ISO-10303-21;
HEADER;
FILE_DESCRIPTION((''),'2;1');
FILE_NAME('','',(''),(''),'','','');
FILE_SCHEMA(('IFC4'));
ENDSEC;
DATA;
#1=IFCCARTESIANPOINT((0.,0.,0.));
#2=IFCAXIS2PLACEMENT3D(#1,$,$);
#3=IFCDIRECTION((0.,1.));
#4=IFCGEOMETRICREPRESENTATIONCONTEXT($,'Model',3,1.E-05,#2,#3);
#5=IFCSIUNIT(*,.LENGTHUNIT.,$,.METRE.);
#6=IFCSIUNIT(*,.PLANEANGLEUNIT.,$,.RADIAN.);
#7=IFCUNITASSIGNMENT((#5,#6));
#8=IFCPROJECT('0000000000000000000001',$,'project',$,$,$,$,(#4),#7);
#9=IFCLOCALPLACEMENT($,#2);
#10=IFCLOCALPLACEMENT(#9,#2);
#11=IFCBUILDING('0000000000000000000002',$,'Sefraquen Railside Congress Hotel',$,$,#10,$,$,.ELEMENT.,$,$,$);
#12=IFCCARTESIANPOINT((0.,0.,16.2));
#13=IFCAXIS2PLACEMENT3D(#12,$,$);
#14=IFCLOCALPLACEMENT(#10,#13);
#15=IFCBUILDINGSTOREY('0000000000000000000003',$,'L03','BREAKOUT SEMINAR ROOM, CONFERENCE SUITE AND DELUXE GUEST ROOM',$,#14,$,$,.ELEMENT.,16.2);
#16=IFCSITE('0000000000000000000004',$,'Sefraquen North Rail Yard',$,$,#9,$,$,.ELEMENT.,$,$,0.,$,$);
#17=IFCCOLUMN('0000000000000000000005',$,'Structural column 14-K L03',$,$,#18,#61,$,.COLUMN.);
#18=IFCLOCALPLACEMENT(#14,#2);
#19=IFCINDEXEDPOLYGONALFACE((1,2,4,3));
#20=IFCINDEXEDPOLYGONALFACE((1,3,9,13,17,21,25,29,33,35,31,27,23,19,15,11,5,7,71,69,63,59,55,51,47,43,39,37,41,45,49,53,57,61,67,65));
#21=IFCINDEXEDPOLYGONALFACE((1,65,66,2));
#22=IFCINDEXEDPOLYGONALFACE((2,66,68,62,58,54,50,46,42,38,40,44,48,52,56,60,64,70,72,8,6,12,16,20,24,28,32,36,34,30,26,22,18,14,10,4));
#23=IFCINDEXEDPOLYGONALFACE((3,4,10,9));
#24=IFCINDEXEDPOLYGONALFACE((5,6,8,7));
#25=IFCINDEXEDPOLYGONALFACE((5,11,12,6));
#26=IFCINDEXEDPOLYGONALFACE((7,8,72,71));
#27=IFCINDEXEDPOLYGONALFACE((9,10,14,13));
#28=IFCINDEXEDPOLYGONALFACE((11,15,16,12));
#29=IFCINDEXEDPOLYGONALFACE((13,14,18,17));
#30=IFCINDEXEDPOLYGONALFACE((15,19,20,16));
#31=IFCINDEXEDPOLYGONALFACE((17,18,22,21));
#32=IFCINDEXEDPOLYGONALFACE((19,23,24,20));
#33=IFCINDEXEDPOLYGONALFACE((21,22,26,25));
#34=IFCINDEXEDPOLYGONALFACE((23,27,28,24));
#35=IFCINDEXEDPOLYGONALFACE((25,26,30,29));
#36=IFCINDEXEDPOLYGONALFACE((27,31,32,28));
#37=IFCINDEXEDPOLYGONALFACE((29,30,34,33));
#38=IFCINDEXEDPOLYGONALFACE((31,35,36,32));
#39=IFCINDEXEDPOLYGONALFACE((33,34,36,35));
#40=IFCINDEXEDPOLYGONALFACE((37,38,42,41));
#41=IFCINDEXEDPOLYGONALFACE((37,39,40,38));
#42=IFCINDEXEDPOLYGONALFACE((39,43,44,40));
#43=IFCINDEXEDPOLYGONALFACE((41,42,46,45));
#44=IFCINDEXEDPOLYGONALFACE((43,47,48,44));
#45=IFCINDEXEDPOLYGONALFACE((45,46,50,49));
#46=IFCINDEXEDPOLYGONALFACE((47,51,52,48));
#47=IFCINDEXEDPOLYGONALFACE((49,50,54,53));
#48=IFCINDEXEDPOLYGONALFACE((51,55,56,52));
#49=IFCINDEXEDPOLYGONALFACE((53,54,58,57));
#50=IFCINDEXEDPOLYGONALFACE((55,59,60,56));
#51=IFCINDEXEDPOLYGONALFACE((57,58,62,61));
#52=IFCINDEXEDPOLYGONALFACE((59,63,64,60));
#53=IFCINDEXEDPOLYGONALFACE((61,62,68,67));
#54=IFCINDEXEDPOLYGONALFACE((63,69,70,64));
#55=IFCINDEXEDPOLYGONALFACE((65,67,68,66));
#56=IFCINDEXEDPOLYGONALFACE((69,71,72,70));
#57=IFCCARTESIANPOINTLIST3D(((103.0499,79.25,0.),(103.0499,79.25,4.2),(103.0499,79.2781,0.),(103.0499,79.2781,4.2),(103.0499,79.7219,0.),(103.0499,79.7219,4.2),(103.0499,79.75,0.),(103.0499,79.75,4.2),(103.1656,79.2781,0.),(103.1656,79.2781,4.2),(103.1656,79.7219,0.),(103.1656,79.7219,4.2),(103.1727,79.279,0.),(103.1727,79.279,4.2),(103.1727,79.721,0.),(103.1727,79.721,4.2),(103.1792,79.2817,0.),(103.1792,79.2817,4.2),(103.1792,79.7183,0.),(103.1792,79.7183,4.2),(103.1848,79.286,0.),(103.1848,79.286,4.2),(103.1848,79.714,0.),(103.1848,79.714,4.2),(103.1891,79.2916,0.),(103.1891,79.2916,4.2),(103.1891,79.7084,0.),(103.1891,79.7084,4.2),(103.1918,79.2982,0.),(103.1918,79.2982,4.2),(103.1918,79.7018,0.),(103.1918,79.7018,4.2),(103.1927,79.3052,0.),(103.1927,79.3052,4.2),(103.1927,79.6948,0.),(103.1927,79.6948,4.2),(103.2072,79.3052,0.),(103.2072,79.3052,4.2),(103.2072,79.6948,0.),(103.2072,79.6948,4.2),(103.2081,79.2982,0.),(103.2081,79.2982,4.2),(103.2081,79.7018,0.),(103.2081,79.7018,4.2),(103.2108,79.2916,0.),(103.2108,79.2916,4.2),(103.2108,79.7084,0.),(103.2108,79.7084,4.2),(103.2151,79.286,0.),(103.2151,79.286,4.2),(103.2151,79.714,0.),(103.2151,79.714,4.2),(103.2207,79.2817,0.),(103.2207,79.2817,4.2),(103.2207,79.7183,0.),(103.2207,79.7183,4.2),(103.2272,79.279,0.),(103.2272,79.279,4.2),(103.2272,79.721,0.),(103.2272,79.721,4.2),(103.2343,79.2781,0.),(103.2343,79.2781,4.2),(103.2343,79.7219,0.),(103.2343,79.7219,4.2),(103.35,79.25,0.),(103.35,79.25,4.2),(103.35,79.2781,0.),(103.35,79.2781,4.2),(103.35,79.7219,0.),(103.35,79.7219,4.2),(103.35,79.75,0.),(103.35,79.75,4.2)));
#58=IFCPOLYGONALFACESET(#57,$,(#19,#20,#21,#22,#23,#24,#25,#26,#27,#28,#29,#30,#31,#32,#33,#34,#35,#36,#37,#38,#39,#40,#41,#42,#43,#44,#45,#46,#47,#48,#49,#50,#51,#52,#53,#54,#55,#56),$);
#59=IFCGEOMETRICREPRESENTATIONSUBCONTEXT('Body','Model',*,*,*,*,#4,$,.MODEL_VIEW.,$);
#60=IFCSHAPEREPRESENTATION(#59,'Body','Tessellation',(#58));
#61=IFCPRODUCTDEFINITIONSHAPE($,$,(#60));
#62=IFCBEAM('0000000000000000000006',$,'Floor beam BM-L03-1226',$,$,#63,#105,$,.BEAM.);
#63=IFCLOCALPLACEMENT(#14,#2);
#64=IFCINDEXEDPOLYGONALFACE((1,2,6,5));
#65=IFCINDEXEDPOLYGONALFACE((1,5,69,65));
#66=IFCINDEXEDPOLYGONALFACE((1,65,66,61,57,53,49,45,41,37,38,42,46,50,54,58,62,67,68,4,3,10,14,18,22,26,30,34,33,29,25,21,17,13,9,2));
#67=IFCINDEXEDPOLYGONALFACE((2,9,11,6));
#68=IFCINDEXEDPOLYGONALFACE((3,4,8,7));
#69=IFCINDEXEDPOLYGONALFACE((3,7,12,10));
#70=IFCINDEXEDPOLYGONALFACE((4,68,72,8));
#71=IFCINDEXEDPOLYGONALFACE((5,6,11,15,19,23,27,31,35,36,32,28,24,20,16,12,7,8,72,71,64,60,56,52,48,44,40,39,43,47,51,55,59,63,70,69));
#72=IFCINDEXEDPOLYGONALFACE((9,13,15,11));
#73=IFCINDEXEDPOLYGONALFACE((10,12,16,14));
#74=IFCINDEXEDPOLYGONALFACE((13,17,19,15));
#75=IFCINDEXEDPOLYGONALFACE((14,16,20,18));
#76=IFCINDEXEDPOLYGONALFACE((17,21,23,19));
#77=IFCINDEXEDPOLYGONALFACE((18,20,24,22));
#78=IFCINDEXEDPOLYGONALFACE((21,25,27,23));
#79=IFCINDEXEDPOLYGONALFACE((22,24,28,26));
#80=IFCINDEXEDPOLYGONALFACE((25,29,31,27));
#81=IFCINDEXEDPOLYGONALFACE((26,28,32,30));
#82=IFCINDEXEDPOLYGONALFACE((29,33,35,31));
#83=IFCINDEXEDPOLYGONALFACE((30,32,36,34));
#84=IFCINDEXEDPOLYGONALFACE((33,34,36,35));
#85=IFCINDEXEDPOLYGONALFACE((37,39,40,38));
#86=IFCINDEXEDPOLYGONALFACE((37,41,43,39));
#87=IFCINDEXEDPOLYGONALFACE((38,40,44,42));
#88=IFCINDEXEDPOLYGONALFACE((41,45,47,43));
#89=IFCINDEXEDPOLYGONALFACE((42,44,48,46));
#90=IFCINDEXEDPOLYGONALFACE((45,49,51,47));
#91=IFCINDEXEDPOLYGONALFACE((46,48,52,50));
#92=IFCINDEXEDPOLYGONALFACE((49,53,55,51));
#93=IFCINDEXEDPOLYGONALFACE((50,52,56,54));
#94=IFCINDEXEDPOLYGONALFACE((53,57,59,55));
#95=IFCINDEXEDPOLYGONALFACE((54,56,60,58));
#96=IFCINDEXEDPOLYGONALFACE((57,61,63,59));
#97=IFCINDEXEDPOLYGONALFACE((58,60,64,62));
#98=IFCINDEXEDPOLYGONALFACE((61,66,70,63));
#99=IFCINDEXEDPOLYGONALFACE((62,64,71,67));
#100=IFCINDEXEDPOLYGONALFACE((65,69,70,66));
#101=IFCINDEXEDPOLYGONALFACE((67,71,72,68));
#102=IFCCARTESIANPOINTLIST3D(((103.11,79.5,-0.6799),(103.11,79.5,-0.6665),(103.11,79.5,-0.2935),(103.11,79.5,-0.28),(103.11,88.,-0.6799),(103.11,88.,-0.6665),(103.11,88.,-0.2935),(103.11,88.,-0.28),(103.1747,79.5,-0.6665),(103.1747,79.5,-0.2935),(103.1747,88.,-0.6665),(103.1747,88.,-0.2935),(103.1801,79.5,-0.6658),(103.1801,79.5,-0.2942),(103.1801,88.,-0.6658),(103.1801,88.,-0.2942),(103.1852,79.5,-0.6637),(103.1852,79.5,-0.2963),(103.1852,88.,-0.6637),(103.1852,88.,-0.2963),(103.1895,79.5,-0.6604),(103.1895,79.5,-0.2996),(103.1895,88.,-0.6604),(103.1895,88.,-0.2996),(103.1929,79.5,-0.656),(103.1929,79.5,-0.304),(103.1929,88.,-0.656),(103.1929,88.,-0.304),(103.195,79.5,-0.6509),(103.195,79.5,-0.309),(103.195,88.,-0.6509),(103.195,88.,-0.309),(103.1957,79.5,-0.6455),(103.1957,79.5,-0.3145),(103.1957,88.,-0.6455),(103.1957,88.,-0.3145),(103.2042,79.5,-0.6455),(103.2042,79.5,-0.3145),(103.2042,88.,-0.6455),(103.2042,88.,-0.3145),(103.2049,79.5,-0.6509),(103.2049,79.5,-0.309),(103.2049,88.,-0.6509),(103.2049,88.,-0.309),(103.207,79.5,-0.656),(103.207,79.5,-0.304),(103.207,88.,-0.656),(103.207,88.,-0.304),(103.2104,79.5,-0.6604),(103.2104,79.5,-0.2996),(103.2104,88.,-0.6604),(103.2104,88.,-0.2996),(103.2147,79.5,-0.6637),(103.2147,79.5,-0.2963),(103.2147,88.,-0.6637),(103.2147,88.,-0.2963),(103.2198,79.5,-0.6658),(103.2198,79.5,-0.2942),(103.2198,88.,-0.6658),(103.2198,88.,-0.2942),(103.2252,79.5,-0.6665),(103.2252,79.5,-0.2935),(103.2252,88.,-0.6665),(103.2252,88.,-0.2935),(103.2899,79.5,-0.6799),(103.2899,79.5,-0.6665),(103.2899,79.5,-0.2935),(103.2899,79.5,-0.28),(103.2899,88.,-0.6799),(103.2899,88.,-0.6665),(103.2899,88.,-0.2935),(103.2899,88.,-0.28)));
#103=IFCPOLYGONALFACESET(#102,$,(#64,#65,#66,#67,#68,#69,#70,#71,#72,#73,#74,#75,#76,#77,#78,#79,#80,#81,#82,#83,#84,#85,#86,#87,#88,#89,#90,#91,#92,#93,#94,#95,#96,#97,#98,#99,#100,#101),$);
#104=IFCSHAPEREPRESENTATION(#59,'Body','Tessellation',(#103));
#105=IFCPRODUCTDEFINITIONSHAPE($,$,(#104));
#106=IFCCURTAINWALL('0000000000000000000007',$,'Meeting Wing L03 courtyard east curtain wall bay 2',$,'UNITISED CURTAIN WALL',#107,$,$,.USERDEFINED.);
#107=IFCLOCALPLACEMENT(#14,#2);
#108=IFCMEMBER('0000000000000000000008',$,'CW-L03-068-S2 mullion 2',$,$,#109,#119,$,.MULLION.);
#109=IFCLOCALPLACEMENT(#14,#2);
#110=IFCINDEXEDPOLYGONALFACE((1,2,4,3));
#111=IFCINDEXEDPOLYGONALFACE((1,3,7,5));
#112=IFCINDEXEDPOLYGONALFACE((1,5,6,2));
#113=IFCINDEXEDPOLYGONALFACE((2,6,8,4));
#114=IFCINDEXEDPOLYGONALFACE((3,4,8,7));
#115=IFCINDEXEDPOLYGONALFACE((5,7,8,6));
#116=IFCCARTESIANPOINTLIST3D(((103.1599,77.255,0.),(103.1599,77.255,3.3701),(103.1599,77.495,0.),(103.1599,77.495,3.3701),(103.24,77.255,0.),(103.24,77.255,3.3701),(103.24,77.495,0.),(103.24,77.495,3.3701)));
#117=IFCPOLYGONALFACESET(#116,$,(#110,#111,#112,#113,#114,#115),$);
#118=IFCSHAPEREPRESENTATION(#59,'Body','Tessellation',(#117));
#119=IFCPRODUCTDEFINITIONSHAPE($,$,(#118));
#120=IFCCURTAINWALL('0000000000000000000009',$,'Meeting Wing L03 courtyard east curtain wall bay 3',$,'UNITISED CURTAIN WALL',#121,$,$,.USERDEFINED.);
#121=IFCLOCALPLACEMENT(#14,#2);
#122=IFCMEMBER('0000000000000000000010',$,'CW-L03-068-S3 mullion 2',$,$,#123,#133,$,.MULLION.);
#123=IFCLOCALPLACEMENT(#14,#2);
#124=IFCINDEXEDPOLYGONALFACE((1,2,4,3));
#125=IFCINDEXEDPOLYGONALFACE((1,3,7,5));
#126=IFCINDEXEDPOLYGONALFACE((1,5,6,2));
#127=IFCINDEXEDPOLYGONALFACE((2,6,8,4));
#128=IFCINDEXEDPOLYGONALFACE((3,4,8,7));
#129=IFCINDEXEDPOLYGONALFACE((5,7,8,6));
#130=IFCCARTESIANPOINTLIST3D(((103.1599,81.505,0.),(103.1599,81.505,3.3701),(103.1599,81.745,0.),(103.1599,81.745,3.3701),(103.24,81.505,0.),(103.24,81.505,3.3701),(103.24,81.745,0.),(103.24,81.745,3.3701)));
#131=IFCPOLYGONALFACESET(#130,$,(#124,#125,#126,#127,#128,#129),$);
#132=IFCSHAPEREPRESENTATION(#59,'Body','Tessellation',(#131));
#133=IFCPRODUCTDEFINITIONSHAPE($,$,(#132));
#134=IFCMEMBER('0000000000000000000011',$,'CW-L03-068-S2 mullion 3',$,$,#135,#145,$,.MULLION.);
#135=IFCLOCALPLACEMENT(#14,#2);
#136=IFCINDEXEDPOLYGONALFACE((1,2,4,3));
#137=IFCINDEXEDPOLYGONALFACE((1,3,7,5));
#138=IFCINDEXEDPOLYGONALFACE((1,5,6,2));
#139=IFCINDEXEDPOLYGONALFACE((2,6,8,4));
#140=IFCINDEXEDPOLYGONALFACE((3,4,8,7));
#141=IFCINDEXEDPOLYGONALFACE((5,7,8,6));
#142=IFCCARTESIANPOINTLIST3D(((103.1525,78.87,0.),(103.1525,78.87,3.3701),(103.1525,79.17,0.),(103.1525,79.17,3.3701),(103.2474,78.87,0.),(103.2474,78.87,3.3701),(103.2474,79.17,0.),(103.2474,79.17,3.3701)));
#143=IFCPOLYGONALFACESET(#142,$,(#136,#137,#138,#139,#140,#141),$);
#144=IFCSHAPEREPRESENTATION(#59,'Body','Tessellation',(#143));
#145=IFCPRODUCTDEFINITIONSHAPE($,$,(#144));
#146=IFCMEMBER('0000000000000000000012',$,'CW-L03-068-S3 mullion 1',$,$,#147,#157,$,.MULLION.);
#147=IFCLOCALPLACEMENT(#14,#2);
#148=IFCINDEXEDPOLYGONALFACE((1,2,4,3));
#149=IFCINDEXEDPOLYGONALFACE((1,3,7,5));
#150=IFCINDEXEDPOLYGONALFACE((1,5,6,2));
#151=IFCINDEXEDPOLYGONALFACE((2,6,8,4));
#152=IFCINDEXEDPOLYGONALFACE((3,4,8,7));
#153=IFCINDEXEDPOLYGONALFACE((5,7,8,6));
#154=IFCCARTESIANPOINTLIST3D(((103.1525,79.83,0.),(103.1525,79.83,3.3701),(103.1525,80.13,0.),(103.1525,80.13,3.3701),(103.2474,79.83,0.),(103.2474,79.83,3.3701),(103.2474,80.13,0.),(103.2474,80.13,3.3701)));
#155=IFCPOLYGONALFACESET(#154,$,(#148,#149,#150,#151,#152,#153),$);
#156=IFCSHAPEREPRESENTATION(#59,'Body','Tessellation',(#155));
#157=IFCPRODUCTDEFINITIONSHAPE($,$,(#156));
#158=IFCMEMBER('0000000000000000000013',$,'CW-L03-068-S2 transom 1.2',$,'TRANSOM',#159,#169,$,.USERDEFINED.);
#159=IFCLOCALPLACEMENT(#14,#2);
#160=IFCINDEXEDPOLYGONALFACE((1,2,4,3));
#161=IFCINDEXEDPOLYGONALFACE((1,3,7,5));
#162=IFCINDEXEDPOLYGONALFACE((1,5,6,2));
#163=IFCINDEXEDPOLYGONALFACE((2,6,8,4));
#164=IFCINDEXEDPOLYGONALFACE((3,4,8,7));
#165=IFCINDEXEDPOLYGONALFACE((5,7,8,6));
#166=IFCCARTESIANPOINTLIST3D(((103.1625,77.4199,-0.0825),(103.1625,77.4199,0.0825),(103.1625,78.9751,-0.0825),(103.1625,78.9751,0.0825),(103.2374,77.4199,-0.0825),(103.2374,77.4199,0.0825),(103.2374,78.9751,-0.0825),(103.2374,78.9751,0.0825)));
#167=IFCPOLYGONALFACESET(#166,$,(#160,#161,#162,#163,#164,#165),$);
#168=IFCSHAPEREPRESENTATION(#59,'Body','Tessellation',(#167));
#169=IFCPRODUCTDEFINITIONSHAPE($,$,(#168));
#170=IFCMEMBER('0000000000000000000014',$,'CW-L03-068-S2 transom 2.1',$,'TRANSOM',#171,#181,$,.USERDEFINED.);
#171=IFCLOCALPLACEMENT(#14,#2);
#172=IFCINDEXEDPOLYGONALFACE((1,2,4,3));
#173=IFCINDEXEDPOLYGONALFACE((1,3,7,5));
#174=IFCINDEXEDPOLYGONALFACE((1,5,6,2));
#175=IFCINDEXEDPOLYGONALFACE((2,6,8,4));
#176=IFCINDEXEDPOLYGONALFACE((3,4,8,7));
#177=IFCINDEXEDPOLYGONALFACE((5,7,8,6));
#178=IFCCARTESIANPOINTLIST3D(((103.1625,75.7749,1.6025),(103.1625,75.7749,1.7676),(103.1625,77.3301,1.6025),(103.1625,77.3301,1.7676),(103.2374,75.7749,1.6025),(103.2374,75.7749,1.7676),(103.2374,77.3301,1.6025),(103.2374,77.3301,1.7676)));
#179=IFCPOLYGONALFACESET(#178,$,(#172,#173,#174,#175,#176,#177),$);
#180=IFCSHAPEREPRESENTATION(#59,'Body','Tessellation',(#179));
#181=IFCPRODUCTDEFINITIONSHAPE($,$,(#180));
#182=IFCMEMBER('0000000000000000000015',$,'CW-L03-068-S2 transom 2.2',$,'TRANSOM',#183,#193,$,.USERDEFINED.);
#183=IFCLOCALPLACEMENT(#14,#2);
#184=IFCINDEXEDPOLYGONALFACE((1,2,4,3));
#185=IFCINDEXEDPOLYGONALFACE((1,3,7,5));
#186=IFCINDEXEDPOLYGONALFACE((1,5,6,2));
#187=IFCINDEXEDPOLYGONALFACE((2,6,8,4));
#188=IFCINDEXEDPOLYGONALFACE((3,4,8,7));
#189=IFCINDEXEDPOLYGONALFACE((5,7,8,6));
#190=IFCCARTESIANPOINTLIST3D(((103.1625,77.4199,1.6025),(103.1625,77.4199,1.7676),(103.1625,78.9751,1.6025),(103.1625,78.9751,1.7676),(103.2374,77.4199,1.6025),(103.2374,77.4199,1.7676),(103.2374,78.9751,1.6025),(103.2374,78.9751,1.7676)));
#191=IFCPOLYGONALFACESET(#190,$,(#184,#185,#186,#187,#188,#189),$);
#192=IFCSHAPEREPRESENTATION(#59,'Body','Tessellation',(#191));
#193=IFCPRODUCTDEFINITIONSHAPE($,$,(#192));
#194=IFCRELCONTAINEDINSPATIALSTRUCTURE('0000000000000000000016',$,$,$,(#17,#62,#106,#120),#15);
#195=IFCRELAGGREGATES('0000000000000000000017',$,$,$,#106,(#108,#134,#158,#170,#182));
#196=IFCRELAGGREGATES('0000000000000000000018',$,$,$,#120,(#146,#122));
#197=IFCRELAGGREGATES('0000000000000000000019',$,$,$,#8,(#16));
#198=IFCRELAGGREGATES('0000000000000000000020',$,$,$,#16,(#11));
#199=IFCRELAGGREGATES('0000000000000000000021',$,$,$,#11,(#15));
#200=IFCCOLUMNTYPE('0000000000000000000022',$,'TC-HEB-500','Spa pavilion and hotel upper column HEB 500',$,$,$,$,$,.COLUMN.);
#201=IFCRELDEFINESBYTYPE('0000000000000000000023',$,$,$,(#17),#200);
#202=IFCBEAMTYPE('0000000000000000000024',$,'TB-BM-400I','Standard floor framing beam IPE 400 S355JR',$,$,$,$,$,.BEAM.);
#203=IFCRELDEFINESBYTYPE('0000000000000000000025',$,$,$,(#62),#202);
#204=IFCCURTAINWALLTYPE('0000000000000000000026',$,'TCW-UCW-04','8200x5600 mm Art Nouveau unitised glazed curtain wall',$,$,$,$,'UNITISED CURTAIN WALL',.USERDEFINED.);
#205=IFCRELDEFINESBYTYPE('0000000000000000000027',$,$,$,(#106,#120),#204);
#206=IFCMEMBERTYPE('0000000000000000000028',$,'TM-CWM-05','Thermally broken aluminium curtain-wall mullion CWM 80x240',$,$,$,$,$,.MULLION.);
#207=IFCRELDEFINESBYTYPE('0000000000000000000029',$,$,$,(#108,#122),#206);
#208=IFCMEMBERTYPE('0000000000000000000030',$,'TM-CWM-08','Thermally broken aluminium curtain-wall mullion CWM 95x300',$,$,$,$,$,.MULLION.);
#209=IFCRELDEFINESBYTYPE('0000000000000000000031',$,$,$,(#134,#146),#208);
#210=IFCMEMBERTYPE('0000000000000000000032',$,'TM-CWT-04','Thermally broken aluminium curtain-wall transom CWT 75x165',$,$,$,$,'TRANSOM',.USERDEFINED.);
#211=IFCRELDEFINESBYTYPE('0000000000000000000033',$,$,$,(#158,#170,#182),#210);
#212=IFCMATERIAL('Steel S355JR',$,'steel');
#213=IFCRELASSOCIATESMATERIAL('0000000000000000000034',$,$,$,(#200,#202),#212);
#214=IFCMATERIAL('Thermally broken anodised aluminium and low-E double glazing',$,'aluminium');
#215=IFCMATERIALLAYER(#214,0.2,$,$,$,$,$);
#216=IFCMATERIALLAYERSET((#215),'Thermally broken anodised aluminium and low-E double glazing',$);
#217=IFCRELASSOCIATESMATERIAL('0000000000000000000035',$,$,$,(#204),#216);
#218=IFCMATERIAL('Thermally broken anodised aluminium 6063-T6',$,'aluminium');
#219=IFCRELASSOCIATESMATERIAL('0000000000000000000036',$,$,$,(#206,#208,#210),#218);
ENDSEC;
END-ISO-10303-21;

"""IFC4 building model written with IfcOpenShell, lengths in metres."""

from ifc_helpers import new_model, si_unit, direction, frame, origin, origin_2d, place, context, subcontext, project, spatial, rectangle, i_section, extrude, material, layer, layer_set, material_profile, profile_set, type_object, element, aggregate, save


model = new_model("IFC4")

# Units and contexts
model_context = context("Model", 3, precision=1e-05, world=origin(), true_north=direction((0.0, 1.0)))
body_context = subcontext(model_context, "Body", "Model", "MODEL_VIEW")
ifc_project = project(units=[si_unit("LENGTHUNIT", "METRE"), si_unit("PLANEANGLEUNIT", "RADIAN")], contexts=[model_context])

# Site, building, storey
site_placement = place(None, origin())
site = spatial("IfcSite", under=ifc_project, at=site_placement, Name="Sefraquen North Rail Yard", CompositionType="ELEMENT", RefElevation=0.0)
building_placement = place(site_placement, origin())
building = spatial("IfcBuilding", under=site, at=building_placement, Name="Sefraquen Railside Congress Hotel", CompositionType="ELEMENT")
storey_placement = place(building_placement, frame((0.0, 0.0, 16.2)))
storey = spatial("IfcBuildingStorey", under=building, at=storey_placement, Name="L03", Description="BREAKOUT SEMINAR ROOM, CONFERENCE SUITE AND DELUXE GUEST ROOM", CompositionType="ELEMENT", Elevation=16.2)

# Column
ifc_material_1 = material(Name="Steel S355JR", Category="steel")
ifc_material_profile_1 = material_profile(ifc_material_1, i_section(OverallWidth=0.3, OverallDepth=0.5, WebThickness=0.0144, FlangeThickness=0.0281, FilletRadius=0.0271, at=origin_2d()), Name="HEB 500")
ifc_profile_set_1 = profile_set([ifc_material_profile_1], Name="Steel S355JR")
column_type = type_object("IfcColumnType", Name="TC-HEB-500", Description="Spa pavilion and hotel upper column HEB 500", PredefinedType="COLUMN", material=ifc_profile_set_1)
column_placement = place(storey_placement, frame((103.2, 79.5, 0.0), z_axis=(0.0, 0.0, 1.0), x_axis=(1.0, 0.0, 0.0)))
element("IfcColumn", 1, at=column_placement, inside=storey, type_object=column_type, Name="Structural column 14-K L03", PredefinedType="COLUMN", context=body_context, shape_type="SweptSolid", body=[
    extrude(i_section(OverallWidth=0.3, OverallDepth=0.5, WebThickness=0.0144, FlangeThickness=0.0281, FilletRadius=0.0271, at=origin_2d()), origin(), (0.0, 0.0, 1.0), 4.2),
])

# Beam
ifc_material_profile_2 = material_profile(ifc_material_1, i_section(OverallWidth=0.1799, OverallDepth=0.3999, WebThickness=0.0085, FlangeThickness=0.0134, FilletRadius=0.021, at=origin_2d()), Name="IPE 400")
ifc_profile_set_2 = profile_set([ifc_material_profile_2], Name="Steel S355JR")
beam_type = type_object("IfcBeamType", Name="TB-BM-400I", Description="Standard floor framing beam IPE 400 S355JR", PredefinedType="BEAM", material=ifc_profile_set_2)
beam_placement = place(storey_placement, frame((103.2, 79.5, -0.48), z_axis=(0.0, 1.0, 0.0), x_axis=(-1.0, 0.0, 0.0)))
element("IfcBeam", 2, at=beam_placement, inside=storey, type_object=beam_type, Name="Floor beam BM-L03-1226", PredefinedType="BEAM", context=body_context, shape_type="SweptSolid", body=[
    extrude(i_section(OverallWidth=0.1799, OverallDepth=0.3999, WebThickness=0.0085, FlangeThickness=0.0134, FilletRadius=0.021, at=origin_2d()), origin(), (0.0, 0.0, 1.0), 8.5),
])

# Curtain walls, members
ifc_material_2 = material(Name="Thermally broken anodised aluminium and low-E double glazing", Category="aluminium")
ifc_layer_1 = layer(ifc_material_2, 0.2)
ifc_layer_set_1 = layer_set([ifc_layer_1], Name="Thermally broken anodised aluminium and low-E double glazing")
curtain_wall_type = type_object("IfcCurtainWallType", Name="TCW-UCW-04", Description="8200x5600 mm Art Nouveau unitised glazed curtain wall", ElementType="UNITISED CURTAIN WALL", PredefinedType="USERDEFINED", material=ifc_layer_set_1)
curtain_wall_1_placement = place(storey_placement, origin())
curtain_wall_1 = element("IfcCurtainWall", 3, at=curtain_wall_1_placement, inside=storey, type_object=curtain_wall_type, Name="Meeting Wing L03 courtyard east curtain wall bay 2", ObjectType="UNITISED CURTAIN WALL", PredefinedType="USERDEFINED")
ifc_material_3 = material(Name="Thermally broken anodised aluminium 6063-T6", Category="aluminium")
ifc_material_profile_3 = material_profile(ifc_material_3, rectangle(XDim=0.0801, YDim=0.24, at=origin_2d()), Name="CWM 80x240")
ifc_profile_set_3 = profile_set([ifc_material_profile_3], Name="Thermally broken anodised aluminium 6063-T6")
member_type_1 = type_object("IfcMemberType", Name="TM-CWM-05", Description="Thermally broken aluminium curtain-wall mullion CWM 80x240", PredefinedType="MULLION", material=ifc_profile_set_3)
member_1_placement = place(storey_placement, frame((103.2, 77.375, 0.0), z_axis=(0.0, 0.0, 1.0), x_axis=(1.0, 0.0, 0.0)))
member_1 = element("IfcMember", 4, at=member_1_placement, type_object=member_type_1, Name="CW-L03-068-S2 mullion 2", PredefinedType="MULLION", context=body_context, shape_type="SweptSolid", body=[
    extrude(rectangle(XDim=0.0801, YDim=0.24, at=origin_2d()), origin(), (0.0, 0.0, 1.0), 3.3701),
])
curtain_wall_2_placement = place(storey_placement, origin())
curtain_wall_2 = element("IfcCurtainWall", 5, at=curtain_wall_2_placement, inside=storey, type_object=curtain_wall_type, Name="Meeting Wing L03 courtyard east curtain wall bay 3", ObjectType="UNITISED CURTAIN WALL", PredefinedType="USERDEFINED")
member_2_placement = place(storey_placement, frame((103.2, 81.625, 0.0), z_axis=(0.0, 0.0, 1.0), x_axis=(1.0, 0.0, 0.0)))
member_2 = element("IfcMember", 6, at=member_2_placement, type_object=member_type_1, Name="CW-L03-068-S3 mullion 2", PredefinedType="MULLION", context=body_context, shape_type="SweptSolid", body=[
    extrude(rectangle(XDim=0.0801, YDim=0.24, at=origin_2d()), origin(), (0.0, 0.0, 1.0), 3.3701),
])

# Members
ifc_material_profile_4 = material_profile(ifc_material_3, rectangle(XDim=0.095, YDim=0.3, at=origin_2d()), Name="CWM 95x300")
ifc_profile_set_4 = profile_set([ifc_material_profile_4], Name="Thermally broken anodised aluminium 6063-T6")
member_type_2 = type_object("IfcMemberType", Name="TM-CWM-08", Description="Thermally broken aluminium curtain-wall mullion CWM 95x300", PredefinedType="MULLION", material=ifc_profile_set_4)
member_3_placement = place(storey_placement, frame((103.2, 79.02, 0.0), z_axis=(0.0, 0.0, 1.0), x_axis=(1.0, 0.0, 0.0)))
member_3 = element("IfcMember", 7, at=member_3_placement, type_object=member_type_2, Name="CW-L03-068-S2 mullion 3", PredefinedType="MULLION", context=body_context, shape_type="SweptSolid", body=[
    extrude(rectangle(XDim=0.095, YDim=0.3, at=origin_2d()), origin(), (0.0, 0.0, 1.0), 3.3701),
])
member_4_placement = place(storey_placement, frame((103.2, 79.98, 0.0), z_axis=(0.0, 0.0, 1.0), x_axis=(1.0, 0.0, 0.0)))
member_4 = element("IfcMember", 8, at=member_4_placement, type_object=member_type_2, Name="CW-L03-068-S3 mullion 1", PredefinedType="MULLION", context=body_context, shape_type="SweptSolid", body=[
    extrude(rectangle(XDim=0.095, YDim=0.3, at=origin_2d()), origin(), (0.0, 0.0, 1.0), 3.3701),
])
ifc_material_profile_5 = material_profile(ifc_material_3, rectangle(XDim=0.075, YDim=0.165, at=origin_2d()), Name="CWT 75x165")
ifc_profile_set_5 = profile_set([ifc_material_profile_5], Name="Thermally broken anodised aluminium 6063-T6")
member_type_3 = type_object("IfcMemberType", Name="TM-CWT-04", Description="Thermally broken aluminium curtain-wall transom CWT 75x165", ElementType="TRANSOM", PredefinedType="USERDEFINED", material=ifc_profile_set_5)
member_5_placement = place(storey_placement, frame((103.2, 77.4199, 0.0), z_axis=(0.0, 1.0, 0.0), x_axis=(-1.0, 0.0, 0.0)))
member_5 = element("IfcMember", 9, at=member_5_placement, type_object=member_type_3, Name="CW-L03-068-S2 transom 1.2", ObjectType="TRANSOM", PredefinedType="USERDEFINED", context=body_context, shape_type="SweptSolid", body=[
    extrude(rectangle(XDim=0.075, YDim=0.165, at=origin_2d()), origin(), (0.0, 0.0, 1.0), 1.5552),
])
member_6_placement = place(storey_placement, frame((103.2, 75.7749, 1.6851), z_axis=(0.0, 1.0, 0.0), x_axis=(-1.0, 0.0, 0.0)))
member_6 = element("IfcMember", 10, at=member_6_placement, type_object=member_type_3, Name="CW-L03-068-S2 transom 2.1", ObjectType="TRANSOM", PredefinedType="USERDEFINED", context=body_context, shape_type="SweptSolid", body=[
    extrude(rectangle(XDim=0.075, YDim=0.165, at=origin_2d()), origin(), (0.0, 0.0, 1.0), 1.5552),
])
member_7_placement = place(storey_placement, frame((103.2, 77.4199, 1.6851), z_axis=(0.0, 1.0, 0.0), x_axis=(-1.0, 0.0, 0.0)))
member_7 = element("IfcMember", 11, at=member_7_placement, type_object=member_type_3, Name="CW-L03-068-S2 transom 2.2", ObjectType="TRANSOM", PredefinedType="USERDEFINED", context=body_context, shape_type="SweptSolid", body=[
    extrude(rectangle(XDim=0.075, YDim=0.165, at=origin_2d()), origin(), (0.0, 0.0, 1.0), 1.5552),
])

aggregate(curtain_wall_1, [member_1, member_3, member_5, member_6, member_7])
aggregate(curtain_wall_2, [member_4, member_2])

save(model, "model.ifc")
